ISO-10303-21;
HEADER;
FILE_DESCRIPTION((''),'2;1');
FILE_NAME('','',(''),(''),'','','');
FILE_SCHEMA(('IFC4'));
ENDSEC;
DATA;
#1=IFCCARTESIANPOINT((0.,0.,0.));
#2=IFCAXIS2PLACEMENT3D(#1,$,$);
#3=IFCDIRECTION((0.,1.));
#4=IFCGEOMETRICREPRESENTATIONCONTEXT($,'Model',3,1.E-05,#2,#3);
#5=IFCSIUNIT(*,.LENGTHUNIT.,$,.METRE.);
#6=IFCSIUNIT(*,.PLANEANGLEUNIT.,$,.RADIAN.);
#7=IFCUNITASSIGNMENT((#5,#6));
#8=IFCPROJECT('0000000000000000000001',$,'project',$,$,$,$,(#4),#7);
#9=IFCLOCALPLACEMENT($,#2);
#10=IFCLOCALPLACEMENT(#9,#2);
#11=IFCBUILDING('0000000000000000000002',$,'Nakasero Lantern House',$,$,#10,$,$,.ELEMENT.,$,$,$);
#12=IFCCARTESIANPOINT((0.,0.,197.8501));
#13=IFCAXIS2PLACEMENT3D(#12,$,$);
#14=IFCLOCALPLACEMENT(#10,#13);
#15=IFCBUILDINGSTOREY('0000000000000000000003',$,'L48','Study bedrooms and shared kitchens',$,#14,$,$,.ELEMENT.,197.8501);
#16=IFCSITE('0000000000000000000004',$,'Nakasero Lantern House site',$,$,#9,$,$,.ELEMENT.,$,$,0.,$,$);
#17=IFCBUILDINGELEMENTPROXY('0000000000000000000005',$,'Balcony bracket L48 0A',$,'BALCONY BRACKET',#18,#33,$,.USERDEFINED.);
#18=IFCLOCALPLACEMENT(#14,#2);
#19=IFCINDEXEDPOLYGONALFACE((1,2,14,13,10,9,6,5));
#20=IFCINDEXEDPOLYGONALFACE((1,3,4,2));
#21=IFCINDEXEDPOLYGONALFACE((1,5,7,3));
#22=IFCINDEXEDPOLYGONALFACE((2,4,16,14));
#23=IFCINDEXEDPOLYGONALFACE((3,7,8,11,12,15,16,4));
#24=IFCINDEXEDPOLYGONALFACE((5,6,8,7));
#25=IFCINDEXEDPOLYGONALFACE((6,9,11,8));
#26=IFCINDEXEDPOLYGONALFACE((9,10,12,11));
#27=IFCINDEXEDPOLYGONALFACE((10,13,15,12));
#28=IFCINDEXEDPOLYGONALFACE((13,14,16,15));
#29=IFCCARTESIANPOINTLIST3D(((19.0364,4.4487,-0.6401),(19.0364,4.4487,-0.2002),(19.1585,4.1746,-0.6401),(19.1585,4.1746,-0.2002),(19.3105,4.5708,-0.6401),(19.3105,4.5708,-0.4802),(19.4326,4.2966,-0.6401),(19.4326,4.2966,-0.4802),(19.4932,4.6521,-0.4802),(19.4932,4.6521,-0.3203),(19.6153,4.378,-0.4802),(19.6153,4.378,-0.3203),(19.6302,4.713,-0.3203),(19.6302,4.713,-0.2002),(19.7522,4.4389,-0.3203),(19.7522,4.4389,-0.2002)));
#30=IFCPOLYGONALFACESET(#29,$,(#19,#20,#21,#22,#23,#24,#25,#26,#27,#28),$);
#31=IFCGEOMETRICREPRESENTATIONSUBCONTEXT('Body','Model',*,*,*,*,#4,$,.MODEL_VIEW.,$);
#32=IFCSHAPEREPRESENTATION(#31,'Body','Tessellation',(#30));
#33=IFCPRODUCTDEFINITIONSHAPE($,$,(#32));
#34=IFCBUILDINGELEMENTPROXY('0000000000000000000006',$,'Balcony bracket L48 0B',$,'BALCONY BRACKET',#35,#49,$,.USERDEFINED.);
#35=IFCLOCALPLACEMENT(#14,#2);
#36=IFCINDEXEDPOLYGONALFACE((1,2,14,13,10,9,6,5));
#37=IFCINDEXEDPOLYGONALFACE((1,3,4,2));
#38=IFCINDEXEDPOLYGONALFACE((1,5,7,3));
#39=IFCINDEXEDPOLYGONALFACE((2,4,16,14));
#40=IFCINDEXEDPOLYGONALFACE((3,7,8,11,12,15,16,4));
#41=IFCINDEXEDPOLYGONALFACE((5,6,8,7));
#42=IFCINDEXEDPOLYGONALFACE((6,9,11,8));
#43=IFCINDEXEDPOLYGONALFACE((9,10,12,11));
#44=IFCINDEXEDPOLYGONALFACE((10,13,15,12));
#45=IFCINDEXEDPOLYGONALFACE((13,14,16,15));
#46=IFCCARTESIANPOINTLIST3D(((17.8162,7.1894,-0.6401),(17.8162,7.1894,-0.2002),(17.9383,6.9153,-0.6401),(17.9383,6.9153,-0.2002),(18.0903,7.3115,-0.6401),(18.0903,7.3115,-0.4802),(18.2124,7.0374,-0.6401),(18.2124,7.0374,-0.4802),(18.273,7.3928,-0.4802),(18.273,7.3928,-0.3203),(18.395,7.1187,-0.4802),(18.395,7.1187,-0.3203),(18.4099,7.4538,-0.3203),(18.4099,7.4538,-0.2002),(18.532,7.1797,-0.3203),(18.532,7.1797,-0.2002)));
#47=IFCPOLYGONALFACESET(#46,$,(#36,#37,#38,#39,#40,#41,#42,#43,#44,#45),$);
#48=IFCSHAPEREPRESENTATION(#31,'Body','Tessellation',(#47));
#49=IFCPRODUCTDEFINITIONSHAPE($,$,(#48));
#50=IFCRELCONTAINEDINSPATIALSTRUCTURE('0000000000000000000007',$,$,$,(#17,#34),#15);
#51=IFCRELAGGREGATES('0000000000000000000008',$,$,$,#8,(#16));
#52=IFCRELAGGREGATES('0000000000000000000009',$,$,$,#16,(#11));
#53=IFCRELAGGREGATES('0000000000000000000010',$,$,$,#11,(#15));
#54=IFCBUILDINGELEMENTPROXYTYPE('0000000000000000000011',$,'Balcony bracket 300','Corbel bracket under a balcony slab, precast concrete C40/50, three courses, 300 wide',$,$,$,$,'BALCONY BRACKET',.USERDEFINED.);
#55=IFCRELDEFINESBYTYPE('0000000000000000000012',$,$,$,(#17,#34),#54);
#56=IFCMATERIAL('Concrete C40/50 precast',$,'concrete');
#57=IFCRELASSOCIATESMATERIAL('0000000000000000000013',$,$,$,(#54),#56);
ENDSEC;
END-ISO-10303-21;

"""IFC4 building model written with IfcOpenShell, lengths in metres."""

from ifc_helpers import new_model, si_unit, direction, frame, origin, place, context, subcontext, project, spatial, polyline, outline, extrude, material, type_object, element, save


model = new_model("IFC4")

# Units and contexts
model_context = context("Model", 3, precision=1e-05, world=origin(), true_north=direction((0.0, 1.0)))
body_context = subcontext(model_context, "Body", "Model", "MODEL_VIEW")
ifc_project = project(units=[si_unit("LENGTHUNIT", "METRE"), si_unit("PLANEANGLEUNIT", "RADIAN")], contexts=[model_context])

# Site, building, storey
site_placement = place(None, origin())
site = spatial("IfcSite", under=ifc_project, at=site_placement, Name="Nakasero Lantern House site", CompositionType="ELEMENT", RefElevation=0.0)
building_placement = place(site_placement, origin())
building = spatial("IfcBuilding", under=site, at=building_placement, Name="Nakasero Lantern House", CompositionType="ELEMENT")
storey_placement = place(building_placement, frame((0.0, 0.0, 197.8501)))
storey = spatial("IfcBuildingStorey", under=building, at=storey_placement, Name="L48", Description="Study bedrooms and shared kitchens", CompositionType="ELEMENT", Elevation=197.8501)

# Building element proxies
ifc_material_1 = material(Name="Concrete C40/50 precast", Category="concrete")
building_element_proxy_type = type_object("IfcBuildingElementProxyType", Name="Balcony bracket 300", Description="Corbel bracket under a balcony slab, precast concrete C40/50, three courses, 300 wide", ElementType="BALCONY BRACKET", PredefinedType="USERDEFINED", material=ifc_material_1)
for number, where, z_axis, x_axis, name in (
    (1, (19.0974, 4.3118, -0.2002), (0.0, 0.0, 1.0), (0.913545, 0.406737, 0.0), "Balcony bracket L48 0A"),
    (2, (17.8772, 7.0525, -0.2002), (0.0, 0.0, 1.0), (0.913545, 0.406737, 0.0), "Balcony bracket L48 0B"),
):
    element("IfcBuildingElementProxy", number, at=place(storey_placement, frame(where, z_axis=z_axis, x_axis=x_axis)), inside=storey, type_object=building_element_proxy_type, Name=name, ObjectType="BALCONY BRACKET", PredefinedType="USERDEFINED", context=body_context, shape_type="SweptSolid", body=[
        extrude(outline(polyline([(0.0, 0.0), (0.6499, 0.0), (0.6499, -0.1201), (0.5, -0.1201), (0.5, -0.28), (0.3, -0.28), (0.3, -0.4399), (0.0, -0.4399), (0.0, 0.0)])), frame((0.0, 0.1499, 0.0), z_axis=(0.0, -1.0, 0.0), x_axis=(1.0, 0.0, 0.0)), (0.0, 0.0, 1.0), 0.3),
    ])

save(model, "model.ifc")
